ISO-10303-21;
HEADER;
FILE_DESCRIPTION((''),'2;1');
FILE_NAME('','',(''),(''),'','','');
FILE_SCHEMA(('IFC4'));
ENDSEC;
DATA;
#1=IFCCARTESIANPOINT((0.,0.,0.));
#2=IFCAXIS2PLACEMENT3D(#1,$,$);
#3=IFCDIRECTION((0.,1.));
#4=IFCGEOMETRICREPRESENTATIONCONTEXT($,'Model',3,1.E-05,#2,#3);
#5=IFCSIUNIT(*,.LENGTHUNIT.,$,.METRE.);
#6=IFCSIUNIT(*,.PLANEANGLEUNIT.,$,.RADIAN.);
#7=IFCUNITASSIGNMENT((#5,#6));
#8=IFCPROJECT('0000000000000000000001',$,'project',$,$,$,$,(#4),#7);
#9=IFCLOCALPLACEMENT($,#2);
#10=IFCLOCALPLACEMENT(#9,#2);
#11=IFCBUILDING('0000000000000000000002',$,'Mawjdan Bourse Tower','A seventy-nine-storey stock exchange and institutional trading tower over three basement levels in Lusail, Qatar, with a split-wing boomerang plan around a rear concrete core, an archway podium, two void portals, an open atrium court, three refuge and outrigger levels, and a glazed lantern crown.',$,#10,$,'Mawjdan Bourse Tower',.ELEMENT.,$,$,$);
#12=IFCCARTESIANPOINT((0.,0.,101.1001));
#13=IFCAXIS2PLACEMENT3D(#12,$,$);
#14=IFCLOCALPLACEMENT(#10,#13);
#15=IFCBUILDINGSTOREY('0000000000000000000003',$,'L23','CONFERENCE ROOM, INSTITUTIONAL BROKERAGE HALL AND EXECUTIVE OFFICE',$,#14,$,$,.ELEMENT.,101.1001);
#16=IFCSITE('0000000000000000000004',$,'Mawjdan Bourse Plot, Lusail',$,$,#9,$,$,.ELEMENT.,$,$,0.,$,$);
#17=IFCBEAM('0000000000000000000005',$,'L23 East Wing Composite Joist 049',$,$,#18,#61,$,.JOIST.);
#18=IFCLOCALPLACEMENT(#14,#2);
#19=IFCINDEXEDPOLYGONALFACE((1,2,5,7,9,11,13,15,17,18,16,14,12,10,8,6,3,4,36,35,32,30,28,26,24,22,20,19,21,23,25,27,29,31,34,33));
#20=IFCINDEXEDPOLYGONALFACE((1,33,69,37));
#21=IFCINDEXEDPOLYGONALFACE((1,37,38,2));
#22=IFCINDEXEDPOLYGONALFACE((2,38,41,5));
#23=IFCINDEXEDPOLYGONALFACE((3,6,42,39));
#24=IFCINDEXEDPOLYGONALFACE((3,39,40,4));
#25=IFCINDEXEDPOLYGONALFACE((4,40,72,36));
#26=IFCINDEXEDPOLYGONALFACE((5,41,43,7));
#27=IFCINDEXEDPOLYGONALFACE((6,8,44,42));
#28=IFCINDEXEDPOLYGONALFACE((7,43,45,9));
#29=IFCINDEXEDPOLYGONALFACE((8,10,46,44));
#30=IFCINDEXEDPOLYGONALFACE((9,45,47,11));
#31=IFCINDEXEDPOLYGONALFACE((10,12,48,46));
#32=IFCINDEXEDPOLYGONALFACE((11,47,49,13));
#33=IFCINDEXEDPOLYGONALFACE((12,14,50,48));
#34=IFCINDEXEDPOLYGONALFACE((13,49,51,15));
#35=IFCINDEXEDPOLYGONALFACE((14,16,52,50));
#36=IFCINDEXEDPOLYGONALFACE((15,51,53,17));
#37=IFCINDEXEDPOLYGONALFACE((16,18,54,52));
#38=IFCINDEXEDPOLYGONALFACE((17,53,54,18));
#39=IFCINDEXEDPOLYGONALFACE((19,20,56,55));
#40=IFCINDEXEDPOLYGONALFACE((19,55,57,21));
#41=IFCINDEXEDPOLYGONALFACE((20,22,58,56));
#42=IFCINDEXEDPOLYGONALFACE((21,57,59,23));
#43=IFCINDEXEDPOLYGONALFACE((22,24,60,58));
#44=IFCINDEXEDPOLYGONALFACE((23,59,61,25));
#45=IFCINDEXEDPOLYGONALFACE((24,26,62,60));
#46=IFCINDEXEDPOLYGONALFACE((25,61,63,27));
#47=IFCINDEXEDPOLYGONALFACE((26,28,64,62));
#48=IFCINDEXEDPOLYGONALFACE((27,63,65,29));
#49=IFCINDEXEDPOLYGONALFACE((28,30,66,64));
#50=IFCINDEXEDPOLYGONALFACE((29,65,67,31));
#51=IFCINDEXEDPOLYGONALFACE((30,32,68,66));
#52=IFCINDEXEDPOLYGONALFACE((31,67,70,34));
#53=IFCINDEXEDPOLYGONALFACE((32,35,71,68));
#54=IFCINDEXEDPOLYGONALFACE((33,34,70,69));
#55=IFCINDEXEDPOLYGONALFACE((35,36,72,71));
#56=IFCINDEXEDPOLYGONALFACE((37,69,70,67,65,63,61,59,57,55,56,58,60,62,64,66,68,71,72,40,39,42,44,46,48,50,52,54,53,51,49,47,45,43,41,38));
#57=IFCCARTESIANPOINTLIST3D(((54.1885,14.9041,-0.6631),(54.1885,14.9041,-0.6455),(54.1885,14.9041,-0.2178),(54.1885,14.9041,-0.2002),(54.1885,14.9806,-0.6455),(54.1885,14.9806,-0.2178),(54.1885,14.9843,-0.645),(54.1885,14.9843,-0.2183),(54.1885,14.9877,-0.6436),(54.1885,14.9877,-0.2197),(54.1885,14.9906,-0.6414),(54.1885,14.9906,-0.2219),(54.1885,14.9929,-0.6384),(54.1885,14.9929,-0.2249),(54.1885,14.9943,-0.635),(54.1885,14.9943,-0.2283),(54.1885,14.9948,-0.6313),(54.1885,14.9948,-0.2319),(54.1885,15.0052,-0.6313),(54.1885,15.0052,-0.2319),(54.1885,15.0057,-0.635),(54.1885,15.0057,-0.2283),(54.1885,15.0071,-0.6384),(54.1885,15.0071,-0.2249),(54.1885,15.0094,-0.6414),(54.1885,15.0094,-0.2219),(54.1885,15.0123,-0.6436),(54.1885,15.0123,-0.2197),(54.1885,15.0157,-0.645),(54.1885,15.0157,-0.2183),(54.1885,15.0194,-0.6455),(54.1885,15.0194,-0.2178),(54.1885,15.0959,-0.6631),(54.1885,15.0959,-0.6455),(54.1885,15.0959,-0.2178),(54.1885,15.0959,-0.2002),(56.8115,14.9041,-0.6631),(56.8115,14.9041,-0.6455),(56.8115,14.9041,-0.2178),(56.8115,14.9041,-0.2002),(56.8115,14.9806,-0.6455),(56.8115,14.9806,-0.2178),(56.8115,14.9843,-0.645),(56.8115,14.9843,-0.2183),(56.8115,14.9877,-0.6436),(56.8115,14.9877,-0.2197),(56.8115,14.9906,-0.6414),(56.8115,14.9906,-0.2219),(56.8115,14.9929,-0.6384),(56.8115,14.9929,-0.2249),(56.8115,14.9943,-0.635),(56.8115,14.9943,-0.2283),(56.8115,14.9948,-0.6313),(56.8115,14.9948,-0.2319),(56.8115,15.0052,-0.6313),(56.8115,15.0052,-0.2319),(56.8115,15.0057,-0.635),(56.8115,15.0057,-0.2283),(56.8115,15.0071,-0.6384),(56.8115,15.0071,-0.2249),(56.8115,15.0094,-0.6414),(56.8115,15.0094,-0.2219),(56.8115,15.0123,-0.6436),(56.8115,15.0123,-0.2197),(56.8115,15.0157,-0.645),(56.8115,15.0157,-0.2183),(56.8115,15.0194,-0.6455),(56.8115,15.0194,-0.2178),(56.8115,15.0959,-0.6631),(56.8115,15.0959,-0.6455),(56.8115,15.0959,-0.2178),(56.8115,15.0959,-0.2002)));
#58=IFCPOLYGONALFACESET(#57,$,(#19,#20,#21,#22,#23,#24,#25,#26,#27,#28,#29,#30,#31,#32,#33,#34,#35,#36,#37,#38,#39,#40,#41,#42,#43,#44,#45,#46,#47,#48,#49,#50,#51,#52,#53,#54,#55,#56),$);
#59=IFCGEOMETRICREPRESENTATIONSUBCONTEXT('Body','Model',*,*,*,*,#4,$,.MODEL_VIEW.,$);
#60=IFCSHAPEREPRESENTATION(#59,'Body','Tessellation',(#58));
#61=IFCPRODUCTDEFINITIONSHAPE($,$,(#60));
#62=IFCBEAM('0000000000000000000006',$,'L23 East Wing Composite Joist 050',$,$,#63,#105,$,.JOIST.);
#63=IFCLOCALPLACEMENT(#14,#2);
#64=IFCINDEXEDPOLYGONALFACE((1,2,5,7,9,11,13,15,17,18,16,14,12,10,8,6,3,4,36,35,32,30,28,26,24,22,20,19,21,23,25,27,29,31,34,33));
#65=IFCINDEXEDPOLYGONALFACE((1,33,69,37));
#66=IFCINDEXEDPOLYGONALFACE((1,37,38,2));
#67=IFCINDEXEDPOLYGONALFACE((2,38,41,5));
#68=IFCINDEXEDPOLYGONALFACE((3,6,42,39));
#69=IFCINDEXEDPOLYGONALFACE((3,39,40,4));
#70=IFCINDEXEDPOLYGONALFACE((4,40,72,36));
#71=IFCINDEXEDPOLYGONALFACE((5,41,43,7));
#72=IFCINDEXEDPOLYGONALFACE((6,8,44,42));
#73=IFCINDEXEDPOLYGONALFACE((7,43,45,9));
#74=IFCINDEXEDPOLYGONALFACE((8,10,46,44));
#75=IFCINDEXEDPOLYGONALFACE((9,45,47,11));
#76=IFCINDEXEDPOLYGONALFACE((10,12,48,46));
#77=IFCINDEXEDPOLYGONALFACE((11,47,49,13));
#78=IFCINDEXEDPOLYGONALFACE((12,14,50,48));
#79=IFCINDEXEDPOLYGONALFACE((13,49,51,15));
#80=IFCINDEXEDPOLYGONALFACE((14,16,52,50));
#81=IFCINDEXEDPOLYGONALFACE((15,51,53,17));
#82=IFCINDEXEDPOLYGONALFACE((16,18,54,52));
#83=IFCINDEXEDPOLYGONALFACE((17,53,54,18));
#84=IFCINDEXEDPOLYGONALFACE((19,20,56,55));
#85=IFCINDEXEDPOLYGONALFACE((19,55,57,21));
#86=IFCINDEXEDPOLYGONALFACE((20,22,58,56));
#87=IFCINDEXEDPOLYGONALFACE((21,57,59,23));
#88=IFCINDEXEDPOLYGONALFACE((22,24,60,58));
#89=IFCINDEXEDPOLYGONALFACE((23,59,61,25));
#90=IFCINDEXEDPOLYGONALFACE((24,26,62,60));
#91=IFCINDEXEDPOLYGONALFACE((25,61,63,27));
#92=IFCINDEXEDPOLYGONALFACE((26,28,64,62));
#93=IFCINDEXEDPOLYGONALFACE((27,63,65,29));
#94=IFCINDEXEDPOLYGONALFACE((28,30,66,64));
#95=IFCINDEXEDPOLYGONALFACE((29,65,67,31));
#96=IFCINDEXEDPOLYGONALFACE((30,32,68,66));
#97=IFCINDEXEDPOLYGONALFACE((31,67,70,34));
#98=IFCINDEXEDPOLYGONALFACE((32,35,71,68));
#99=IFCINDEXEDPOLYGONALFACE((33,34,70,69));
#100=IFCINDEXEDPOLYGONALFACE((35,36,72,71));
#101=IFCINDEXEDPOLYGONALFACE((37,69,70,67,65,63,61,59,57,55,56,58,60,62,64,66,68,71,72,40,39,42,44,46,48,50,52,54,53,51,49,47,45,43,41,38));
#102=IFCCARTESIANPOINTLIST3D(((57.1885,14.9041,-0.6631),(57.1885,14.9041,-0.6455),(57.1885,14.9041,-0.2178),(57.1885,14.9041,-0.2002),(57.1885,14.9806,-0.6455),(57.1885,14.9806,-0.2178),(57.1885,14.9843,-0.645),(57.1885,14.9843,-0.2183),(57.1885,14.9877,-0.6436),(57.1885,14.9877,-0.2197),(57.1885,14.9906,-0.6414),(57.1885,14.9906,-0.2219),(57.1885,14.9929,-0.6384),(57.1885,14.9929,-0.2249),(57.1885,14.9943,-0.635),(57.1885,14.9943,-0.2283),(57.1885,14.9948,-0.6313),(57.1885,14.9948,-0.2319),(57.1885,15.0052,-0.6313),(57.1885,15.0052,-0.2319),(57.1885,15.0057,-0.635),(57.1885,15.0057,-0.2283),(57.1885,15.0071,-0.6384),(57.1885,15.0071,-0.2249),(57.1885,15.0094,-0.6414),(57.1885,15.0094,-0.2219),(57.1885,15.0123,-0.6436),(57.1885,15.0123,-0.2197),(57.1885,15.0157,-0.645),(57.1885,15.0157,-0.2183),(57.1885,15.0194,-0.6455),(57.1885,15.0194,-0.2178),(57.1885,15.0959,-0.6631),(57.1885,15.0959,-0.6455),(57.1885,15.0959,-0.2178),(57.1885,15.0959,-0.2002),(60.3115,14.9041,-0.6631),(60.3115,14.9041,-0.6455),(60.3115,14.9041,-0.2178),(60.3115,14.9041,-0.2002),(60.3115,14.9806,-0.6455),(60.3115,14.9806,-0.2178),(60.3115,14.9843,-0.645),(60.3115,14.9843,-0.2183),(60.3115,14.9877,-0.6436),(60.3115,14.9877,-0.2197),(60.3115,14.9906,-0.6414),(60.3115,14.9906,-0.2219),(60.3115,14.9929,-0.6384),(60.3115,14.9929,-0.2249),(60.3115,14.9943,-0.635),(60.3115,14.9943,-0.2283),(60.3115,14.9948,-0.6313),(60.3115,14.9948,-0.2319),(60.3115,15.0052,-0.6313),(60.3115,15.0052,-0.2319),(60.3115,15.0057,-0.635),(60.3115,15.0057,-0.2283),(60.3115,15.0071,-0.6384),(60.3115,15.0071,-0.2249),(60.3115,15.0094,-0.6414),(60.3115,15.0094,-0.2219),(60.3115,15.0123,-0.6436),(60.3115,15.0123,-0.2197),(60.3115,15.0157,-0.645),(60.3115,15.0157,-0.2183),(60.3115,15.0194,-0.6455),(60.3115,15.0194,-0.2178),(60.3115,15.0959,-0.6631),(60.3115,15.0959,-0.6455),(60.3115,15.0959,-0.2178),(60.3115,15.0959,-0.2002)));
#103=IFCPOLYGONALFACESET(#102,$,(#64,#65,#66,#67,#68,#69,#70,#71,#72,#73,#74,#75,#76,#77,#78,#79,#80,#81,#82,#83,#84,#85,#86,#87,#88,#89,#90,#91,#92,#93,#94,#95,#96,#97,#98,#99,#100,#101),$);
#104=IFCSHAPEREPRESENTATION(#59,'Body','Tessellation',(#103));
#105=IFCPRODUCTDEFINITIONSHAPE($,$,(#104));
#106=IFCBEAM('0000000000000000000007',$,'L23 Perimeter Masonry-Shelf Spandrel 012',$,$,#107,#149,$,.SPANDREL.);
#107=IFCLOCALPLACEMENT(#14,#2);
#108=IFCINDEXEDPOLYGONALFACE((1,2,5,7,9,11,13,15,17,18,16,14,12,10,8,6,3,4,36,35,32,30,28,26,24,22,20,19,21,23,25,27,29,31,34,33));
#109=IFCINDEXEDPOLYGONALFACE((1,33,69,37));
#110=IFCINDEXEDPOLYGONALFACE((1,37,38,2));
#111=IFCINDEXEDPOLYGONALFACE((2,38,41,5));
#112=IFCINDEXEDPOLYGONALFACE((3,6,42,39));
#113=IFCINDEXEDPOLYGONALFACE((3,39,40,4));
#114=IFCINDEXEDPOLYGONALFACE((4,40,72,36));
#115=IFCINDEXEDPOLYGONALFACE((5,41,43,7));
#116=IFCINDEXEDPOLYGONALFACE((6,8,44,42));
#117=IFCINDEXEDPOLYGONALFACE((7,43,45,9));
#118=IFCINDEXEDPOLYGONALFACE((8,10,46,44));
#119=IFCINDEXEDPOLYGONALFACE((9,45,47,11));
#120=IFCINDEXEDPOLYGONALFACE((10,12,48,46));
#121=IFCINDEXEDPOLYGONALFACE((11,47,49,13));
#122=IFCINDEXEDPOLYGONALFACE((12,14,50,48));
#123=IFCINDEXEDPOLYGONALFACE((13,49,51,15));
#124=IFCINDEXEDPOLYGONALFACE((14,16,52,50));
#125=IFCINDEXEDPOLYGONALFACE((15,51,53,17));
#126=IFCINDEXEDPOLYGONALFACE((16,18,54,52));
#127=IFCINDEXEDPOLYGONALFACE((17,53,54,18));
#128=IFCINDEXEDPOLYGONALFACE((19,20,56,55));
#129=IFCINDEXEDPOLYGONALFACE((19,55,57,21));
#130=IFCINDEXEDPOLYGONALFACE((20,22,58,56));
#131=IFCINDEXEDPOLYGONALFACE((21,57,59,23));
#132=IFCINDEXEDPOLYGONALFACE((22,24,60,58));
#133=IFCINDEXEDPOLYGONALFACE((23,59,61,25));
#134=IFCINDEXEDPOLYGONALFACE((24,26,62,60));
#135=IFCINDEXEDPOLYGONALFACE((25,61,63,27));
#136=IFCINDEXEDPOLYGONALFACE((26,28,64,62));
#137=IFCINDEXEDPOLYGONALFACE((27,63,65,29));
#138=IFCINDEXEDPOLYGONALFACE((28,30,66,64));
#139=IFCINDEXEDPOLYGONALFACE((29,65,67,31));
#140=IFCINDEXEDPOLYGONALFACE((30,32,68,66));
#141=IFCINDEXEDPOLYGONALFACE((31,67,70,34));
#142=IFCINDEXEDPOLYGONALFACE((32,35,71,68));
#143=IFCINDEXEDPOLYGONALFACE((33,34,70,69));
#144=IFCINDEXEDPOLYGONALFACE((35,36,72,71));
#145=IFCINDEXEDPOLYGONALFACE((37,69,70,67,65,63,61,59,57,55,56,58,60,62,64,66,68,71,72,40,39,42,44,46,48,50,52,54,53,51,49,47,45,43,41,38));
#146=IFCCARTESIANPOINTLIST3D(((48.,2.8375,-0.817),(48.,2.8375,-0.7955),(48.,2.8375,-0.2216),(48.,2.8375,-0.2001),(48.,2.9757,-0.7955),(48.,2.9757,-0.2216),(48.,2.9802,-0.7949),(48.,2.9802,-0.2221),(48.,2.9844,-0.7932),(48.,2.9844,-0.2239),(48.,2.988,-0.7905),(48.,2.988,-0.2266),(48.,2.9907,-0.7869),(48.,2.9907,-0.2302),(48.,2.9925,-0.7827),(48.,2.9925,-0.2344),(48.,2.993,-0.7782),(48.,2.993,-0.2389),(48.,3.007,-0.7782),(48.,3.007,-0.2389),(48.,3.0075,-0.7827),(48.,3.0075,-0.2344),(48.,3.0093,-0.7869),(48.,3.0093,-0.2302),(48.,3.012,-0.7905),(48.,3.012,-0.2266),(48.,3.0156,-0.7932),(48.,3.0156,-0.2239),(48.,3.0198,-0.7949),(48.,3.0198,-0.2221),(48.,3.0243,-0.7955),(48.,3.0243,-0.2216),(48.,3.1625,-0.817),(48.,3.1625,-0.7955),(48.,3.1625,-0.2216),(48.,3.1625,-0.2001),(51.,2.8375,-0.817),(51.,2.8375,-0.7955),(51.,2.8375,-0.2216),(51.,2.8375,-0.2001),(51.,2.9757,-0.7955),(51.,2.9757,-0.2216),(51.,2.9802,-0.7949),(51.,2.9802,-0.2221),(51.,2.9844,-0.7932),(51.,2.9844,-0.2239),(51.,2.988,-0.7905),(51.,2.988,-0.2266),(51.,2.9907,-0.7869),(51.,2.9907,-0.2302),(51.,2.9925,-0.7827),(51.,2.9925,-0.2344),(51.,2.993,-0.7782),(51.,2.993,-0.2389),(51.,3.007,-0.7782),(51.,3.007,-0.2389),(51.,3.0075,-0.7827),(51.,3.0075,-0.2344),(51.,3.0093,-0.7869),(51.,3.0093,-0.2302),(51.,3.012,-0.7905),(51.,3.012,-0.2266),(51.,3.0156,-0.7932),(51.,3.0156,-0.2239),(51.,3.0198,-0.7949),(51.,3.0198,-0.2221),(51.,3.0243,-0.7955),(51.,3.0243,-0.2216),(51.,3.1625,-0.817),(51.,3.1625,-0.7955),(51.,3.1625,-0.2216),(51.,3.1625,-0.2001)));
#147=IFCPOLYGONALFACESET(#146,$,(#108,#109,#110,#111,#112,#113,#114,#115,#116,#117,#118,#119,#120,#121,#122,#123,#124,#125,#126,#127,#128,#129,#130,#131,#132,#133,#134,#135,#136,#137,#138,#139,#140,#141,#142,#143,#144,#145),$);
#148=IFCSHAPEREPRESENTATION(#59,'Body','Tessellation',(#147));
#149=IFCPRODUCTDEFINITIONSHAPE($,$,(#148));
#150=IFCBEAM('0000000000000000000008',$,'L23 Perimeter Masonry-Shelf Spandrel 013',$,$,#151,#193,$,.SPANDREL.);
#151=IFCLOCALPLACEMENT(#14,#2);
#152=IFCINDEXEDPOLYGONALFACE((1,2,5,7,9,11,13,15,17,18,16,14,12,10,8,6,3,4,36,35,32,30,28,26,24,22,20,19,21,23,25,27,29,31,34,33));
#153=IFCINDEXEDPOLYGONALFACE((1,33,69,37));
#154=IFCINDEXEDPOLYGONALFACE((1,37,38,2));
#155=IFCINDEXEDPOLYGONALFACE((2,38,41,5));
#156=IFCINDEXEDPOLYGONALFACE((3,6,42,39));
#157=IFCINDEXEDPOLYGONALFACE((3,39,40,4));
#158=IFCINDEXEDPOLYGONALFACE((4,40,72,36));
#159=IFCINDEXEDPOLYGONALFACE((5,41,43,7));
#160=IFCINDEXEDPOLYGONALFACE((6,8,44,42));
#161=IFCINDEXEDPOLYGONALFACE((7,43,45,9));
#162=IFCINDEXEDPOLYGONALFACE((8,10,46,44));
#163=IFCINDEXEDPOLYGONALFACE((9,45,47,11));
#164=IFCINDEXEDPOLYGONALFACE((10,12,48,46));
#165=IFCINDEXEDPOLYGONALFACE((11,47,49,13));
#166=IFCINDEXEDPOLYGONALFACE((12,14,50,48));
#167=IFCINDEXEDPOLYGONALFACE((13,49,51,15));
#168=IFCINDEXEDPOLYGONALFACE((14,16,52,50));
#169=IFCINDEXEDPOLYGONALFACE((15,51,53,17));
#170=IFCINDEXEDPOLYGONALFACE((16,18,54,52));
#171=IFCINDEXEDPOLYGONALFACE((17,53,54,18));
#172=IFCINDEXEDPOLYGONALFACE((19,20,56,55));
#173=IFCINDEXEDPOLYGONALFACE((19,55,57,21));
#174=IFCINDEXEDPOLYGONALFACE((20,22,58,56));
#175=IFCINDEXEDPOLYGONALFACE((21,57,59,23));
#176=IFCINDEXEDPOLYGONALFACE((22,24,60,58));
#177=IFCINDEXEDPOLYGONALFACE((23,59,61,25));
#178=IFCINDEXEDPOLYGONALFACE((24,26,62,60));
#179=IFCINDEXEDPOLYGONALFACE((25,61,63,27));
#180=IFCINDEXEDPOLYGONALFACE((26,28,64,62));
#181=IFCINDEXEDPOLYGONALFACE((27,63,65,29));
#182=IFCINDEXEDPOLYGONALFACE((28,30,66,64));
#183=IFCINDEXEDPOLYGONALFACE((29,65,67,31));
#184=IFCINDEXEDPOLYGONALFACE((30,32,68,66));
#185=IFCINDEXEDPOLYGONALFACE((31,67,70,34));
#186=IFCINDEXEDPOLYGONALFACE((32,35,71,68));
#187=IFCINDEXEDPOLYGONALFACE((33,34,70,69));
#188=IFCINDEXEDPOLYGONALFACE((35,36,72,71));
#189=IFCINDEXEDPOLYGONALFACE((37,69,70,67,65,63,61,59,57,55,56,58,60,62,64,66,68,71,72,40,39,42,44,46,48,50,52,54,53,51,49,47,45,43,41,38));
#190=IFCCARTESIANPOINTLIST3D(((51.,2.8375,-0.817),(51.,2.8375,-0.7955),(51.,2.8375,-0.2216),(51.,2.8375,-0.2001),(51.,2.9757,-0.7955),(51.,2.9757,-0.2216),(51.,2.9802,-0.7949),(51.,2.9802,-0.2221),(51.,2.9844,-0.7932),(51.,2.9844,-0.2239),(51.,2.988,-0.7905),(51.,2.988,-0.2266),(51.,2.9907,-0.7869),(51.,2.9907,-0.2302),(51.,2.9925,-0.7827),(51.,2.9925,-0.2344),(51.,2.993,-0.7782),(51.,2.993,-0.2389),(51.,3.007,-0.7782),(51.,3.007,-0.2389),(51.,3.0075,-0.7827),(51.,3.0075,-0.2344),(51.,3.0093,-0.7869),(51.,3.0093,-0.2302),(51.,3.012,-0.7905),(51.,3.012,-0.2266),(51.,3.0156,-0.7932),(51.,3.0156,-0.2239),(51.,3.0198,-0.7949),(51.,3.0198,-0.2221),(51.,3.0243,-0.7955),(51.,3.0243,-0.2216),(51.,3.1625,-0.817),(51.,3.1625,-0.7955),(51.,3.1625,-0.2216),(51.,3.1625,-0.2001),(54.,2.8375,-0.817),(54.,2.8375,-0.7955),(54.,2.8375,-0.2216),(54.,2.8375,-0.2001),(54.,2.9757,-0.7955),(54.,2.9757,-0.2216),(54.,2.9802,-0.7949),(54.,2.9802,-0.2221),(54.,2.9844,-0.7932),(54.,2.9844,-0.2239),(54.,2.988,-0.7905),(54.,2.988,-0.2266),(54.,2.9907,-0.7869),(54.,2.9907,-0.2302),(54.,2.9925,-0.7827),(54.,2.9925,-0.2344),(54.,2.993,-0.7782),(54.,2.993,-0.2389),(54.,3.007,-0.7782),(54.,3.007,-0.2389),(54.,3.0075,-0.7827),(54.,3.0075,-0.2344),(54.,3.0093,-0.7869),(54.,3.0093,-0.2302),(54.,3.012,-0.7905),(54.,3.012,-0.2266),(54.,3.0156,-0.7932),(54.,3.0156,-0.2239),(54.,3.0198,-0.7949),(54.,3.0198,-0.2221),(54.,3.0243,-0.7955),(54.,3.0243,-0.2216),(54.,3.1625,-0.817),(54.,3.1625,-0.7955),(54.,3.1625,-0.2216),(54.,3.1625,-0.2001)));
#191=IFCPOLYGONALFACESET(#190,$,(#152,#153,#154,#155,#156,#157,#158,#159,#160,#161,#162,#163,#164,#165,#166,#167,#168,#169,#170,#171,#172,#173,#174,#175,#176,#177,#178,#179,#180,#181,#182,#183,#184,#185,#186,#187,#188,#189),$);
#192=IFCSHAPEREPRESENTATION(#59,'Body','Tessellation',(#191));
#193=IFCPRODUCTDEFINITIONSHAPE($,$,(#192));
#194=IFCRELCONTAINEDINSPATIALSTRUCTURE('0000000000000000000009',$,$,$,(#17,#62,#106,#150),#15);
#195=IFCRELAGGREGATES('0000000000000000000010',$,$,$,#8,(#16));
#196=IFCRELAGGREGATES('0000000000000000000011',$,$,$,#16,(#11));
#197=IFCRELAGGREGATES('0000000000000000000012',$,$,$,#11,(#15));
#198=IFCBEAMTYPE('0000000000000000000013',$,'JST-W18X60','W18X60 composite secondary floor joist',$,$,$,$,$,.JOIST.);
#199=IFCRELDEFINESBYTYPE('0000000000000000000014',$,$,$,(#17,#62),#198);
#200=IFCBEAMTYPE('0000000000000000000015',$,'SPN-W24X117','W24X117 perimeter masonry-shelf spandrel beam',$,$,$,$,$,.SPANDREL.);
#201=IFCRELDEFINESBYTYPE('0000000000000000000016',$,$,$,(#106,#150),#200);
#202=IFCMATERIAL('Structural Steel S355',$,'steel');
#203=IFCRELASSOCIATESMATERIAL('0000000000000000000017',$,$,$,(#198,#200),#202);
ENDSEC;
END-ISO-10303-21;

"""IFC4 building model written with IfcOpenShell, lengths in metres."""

from ifc_helpers import new_model, si_unit, direction, frame, origin, origin_2d, place, context, subcontext, project, spatial, i_section, extrude, material, material_profile, profile_set, type_object, element, save


model = new_model("IFC4")

# Units and contexts
model_context = context("Model", 3, precision=1e-05, world=origin(), true_north=direction((0.0, 1.0)))
body_context = subcontext(model_context, "Body", "Model", "MODEL_VIEW")
ifc_project = project(units=[si_unit("LENGTHUNIT", "METRE"), si_unit("PLANEANGLEUNIT", "RADIAN")], contexts=[model_context])

# Site, building, storey
site_placement = place(None, origin())
site = spatial("IfcSite", under=ifc_project, at=site_placement, Name="Mawjdan Bourse Plot, Lusail", CompositionType="ELEMENT", RefElevation=0.0)
building_placement = place(site_placement, origin())
building = spatial("IfcBuilding", under=site, at=building_placement, Name="Mawjdan Bourse Tower", Description="A seventy-nine-storey stock exchange and institutional trading tower over three basement levels in Lusail, Qatar, with a split-wing boomerang plan around a rear concrete core, an archway podium, two void portals, an open atrium court, three refuge and outrigger levels, and a glazed lantern crown.", LongName="Mawjdan Bourse Tower", CompositionType="ELEMENT")
storey_placement = place(building_placement, frame((0.0, 0.0, 101.1001)))
storey = spatial("IfcBuildingStorey", under=building, at=storey_placement, Name="L23", Description="CONFERENCE ROOM, INSTITUTIONAL BROKERAGE HALL AND EXECUTIVE OFFICE", CompositionType="ELEMENT", Elevation=101.1001)

# Beams
ifc_material_1 = material(Name="Structural Steel S355", Category="steel")
ifc_material_profile_1 = material_profile(ifc_material_1, i_section(OverallWidth=0.1919, OverallDepth=0.4629, WebThickness=0.0105, FlangeThickness=0.0176, FilletRadius=0.0142, at=origin_2d()), Name="W18X60")
ifc_profile_set_1 = profile_set([ifc_material_profile_1], Name="Structural Steel S355")
beam_type_1 = type_object("IfcBeamType", Name="JST-W18X60", Description="W18X60 composite secondary floor joist", PredefinedType="JOIST", material=ifc_profile_set_1)
for number, where, z_axis, x_axis, name in (
    (1, (54.1885, 15.0, -0.4316), (1.0, 0.0, 0.0), (0.0, 1.0, 0.0), "L23 East Wing Composite Joist 049"),
):
    element("IfcBeam", number, at=place(storey_placement, frame(where, z_axis=z_axis, x_axis=x_axis)), inside=storey, type_object=beam_type_1, Name=name, PredefinedType="JOIST", context=body_context, shape_type="SweptSolid", body=[
        extrude(i_section(OverallWidth=0.1919, OverallDepth=0.4629, WebThickness=0.0105, FlangeThickness=0.0176, FilletRadius=0.0142, at=origin_2d()), origin(), (0.0, 0.0, 1.0), 2.623),
    ])
beam_1_placement = place(storey_placement, frame((57.1885, 15.0, -0.4316), z_axis=(1.0, 0.0, 0.0), x_axis=(0.0, 1.0, 0.0)))
element("IfcBeam", 2, at=beam_1_placement, inside=storey, type_object=beam_type_1, Name="L23 East Wing Composite Joist 050", PredefinedType="JOIST", context=body_context, shape_type="SweptSolid", body=[
    extrude(i_section(OverallWidth=0.1919, OverallDepth=0.4629, WebThickness=0.0105, FlangeThickness=0.0176, FilletRadius=0.0142, at=origin_2d()), origin(), (0.0, 0.0, 1.0), 3.123),
])
ifc_material_profile_2 = material_profile(ifc_material_1, i_section(OverallWidth=0.325, OverallDepth=0.6169, WebThickness=0.0139, FlangeThickness=0.0215, FilletRadius=0.0173, at=origin_2d()), Name="W24X117")
ifc_profile_set_2 = profile_set([ifc_material_profile_2], Name="Structural Steel S355")
beam_type_2 = type_object("IfcBeamType", Name="SPN-W24X117", Description="W24X117 perimeter masonry-shelf spandrel beam", PredefinedType="SPANDREL", material=ifc_profile_set_2)
for number, where, z_axis, x_axis, name in (
    (3, (48.0, 3.0, -0.5085), (1.0, 0.0, 0.0), (0.0, 1.0, 0.0), "L23 Perimeter Masonry-Shelf Spandrel 012"),
    (4, (51.0, 3.0, -0.5085), (1.0, 0.0, 0.0), (0.0, 1.0, 0.0), "L23 Perimeter Masonry-Shelf Spandrel 013"),
):
    element("IfcBeam", number, at=place(storey_placement, frame(where, z_axis=z_axis, x_axis=x_axis)), inside=storey, type_object=beam_type_2, Name=name, PredefinedType="SPANDREL", context=body_context, shape_type="SweptSolid", body=[
        extrude(i_section(OverallWidth=0.325, OverallDepth=0.6169, WebThickness=0.0139, FlangeThickness=0.0215, FilletRadius=0.0173, at=origin_2d()), origin(), (0.0, 0.0, 1.0), 3.0),
    ])

save(model, "model.ifc")
